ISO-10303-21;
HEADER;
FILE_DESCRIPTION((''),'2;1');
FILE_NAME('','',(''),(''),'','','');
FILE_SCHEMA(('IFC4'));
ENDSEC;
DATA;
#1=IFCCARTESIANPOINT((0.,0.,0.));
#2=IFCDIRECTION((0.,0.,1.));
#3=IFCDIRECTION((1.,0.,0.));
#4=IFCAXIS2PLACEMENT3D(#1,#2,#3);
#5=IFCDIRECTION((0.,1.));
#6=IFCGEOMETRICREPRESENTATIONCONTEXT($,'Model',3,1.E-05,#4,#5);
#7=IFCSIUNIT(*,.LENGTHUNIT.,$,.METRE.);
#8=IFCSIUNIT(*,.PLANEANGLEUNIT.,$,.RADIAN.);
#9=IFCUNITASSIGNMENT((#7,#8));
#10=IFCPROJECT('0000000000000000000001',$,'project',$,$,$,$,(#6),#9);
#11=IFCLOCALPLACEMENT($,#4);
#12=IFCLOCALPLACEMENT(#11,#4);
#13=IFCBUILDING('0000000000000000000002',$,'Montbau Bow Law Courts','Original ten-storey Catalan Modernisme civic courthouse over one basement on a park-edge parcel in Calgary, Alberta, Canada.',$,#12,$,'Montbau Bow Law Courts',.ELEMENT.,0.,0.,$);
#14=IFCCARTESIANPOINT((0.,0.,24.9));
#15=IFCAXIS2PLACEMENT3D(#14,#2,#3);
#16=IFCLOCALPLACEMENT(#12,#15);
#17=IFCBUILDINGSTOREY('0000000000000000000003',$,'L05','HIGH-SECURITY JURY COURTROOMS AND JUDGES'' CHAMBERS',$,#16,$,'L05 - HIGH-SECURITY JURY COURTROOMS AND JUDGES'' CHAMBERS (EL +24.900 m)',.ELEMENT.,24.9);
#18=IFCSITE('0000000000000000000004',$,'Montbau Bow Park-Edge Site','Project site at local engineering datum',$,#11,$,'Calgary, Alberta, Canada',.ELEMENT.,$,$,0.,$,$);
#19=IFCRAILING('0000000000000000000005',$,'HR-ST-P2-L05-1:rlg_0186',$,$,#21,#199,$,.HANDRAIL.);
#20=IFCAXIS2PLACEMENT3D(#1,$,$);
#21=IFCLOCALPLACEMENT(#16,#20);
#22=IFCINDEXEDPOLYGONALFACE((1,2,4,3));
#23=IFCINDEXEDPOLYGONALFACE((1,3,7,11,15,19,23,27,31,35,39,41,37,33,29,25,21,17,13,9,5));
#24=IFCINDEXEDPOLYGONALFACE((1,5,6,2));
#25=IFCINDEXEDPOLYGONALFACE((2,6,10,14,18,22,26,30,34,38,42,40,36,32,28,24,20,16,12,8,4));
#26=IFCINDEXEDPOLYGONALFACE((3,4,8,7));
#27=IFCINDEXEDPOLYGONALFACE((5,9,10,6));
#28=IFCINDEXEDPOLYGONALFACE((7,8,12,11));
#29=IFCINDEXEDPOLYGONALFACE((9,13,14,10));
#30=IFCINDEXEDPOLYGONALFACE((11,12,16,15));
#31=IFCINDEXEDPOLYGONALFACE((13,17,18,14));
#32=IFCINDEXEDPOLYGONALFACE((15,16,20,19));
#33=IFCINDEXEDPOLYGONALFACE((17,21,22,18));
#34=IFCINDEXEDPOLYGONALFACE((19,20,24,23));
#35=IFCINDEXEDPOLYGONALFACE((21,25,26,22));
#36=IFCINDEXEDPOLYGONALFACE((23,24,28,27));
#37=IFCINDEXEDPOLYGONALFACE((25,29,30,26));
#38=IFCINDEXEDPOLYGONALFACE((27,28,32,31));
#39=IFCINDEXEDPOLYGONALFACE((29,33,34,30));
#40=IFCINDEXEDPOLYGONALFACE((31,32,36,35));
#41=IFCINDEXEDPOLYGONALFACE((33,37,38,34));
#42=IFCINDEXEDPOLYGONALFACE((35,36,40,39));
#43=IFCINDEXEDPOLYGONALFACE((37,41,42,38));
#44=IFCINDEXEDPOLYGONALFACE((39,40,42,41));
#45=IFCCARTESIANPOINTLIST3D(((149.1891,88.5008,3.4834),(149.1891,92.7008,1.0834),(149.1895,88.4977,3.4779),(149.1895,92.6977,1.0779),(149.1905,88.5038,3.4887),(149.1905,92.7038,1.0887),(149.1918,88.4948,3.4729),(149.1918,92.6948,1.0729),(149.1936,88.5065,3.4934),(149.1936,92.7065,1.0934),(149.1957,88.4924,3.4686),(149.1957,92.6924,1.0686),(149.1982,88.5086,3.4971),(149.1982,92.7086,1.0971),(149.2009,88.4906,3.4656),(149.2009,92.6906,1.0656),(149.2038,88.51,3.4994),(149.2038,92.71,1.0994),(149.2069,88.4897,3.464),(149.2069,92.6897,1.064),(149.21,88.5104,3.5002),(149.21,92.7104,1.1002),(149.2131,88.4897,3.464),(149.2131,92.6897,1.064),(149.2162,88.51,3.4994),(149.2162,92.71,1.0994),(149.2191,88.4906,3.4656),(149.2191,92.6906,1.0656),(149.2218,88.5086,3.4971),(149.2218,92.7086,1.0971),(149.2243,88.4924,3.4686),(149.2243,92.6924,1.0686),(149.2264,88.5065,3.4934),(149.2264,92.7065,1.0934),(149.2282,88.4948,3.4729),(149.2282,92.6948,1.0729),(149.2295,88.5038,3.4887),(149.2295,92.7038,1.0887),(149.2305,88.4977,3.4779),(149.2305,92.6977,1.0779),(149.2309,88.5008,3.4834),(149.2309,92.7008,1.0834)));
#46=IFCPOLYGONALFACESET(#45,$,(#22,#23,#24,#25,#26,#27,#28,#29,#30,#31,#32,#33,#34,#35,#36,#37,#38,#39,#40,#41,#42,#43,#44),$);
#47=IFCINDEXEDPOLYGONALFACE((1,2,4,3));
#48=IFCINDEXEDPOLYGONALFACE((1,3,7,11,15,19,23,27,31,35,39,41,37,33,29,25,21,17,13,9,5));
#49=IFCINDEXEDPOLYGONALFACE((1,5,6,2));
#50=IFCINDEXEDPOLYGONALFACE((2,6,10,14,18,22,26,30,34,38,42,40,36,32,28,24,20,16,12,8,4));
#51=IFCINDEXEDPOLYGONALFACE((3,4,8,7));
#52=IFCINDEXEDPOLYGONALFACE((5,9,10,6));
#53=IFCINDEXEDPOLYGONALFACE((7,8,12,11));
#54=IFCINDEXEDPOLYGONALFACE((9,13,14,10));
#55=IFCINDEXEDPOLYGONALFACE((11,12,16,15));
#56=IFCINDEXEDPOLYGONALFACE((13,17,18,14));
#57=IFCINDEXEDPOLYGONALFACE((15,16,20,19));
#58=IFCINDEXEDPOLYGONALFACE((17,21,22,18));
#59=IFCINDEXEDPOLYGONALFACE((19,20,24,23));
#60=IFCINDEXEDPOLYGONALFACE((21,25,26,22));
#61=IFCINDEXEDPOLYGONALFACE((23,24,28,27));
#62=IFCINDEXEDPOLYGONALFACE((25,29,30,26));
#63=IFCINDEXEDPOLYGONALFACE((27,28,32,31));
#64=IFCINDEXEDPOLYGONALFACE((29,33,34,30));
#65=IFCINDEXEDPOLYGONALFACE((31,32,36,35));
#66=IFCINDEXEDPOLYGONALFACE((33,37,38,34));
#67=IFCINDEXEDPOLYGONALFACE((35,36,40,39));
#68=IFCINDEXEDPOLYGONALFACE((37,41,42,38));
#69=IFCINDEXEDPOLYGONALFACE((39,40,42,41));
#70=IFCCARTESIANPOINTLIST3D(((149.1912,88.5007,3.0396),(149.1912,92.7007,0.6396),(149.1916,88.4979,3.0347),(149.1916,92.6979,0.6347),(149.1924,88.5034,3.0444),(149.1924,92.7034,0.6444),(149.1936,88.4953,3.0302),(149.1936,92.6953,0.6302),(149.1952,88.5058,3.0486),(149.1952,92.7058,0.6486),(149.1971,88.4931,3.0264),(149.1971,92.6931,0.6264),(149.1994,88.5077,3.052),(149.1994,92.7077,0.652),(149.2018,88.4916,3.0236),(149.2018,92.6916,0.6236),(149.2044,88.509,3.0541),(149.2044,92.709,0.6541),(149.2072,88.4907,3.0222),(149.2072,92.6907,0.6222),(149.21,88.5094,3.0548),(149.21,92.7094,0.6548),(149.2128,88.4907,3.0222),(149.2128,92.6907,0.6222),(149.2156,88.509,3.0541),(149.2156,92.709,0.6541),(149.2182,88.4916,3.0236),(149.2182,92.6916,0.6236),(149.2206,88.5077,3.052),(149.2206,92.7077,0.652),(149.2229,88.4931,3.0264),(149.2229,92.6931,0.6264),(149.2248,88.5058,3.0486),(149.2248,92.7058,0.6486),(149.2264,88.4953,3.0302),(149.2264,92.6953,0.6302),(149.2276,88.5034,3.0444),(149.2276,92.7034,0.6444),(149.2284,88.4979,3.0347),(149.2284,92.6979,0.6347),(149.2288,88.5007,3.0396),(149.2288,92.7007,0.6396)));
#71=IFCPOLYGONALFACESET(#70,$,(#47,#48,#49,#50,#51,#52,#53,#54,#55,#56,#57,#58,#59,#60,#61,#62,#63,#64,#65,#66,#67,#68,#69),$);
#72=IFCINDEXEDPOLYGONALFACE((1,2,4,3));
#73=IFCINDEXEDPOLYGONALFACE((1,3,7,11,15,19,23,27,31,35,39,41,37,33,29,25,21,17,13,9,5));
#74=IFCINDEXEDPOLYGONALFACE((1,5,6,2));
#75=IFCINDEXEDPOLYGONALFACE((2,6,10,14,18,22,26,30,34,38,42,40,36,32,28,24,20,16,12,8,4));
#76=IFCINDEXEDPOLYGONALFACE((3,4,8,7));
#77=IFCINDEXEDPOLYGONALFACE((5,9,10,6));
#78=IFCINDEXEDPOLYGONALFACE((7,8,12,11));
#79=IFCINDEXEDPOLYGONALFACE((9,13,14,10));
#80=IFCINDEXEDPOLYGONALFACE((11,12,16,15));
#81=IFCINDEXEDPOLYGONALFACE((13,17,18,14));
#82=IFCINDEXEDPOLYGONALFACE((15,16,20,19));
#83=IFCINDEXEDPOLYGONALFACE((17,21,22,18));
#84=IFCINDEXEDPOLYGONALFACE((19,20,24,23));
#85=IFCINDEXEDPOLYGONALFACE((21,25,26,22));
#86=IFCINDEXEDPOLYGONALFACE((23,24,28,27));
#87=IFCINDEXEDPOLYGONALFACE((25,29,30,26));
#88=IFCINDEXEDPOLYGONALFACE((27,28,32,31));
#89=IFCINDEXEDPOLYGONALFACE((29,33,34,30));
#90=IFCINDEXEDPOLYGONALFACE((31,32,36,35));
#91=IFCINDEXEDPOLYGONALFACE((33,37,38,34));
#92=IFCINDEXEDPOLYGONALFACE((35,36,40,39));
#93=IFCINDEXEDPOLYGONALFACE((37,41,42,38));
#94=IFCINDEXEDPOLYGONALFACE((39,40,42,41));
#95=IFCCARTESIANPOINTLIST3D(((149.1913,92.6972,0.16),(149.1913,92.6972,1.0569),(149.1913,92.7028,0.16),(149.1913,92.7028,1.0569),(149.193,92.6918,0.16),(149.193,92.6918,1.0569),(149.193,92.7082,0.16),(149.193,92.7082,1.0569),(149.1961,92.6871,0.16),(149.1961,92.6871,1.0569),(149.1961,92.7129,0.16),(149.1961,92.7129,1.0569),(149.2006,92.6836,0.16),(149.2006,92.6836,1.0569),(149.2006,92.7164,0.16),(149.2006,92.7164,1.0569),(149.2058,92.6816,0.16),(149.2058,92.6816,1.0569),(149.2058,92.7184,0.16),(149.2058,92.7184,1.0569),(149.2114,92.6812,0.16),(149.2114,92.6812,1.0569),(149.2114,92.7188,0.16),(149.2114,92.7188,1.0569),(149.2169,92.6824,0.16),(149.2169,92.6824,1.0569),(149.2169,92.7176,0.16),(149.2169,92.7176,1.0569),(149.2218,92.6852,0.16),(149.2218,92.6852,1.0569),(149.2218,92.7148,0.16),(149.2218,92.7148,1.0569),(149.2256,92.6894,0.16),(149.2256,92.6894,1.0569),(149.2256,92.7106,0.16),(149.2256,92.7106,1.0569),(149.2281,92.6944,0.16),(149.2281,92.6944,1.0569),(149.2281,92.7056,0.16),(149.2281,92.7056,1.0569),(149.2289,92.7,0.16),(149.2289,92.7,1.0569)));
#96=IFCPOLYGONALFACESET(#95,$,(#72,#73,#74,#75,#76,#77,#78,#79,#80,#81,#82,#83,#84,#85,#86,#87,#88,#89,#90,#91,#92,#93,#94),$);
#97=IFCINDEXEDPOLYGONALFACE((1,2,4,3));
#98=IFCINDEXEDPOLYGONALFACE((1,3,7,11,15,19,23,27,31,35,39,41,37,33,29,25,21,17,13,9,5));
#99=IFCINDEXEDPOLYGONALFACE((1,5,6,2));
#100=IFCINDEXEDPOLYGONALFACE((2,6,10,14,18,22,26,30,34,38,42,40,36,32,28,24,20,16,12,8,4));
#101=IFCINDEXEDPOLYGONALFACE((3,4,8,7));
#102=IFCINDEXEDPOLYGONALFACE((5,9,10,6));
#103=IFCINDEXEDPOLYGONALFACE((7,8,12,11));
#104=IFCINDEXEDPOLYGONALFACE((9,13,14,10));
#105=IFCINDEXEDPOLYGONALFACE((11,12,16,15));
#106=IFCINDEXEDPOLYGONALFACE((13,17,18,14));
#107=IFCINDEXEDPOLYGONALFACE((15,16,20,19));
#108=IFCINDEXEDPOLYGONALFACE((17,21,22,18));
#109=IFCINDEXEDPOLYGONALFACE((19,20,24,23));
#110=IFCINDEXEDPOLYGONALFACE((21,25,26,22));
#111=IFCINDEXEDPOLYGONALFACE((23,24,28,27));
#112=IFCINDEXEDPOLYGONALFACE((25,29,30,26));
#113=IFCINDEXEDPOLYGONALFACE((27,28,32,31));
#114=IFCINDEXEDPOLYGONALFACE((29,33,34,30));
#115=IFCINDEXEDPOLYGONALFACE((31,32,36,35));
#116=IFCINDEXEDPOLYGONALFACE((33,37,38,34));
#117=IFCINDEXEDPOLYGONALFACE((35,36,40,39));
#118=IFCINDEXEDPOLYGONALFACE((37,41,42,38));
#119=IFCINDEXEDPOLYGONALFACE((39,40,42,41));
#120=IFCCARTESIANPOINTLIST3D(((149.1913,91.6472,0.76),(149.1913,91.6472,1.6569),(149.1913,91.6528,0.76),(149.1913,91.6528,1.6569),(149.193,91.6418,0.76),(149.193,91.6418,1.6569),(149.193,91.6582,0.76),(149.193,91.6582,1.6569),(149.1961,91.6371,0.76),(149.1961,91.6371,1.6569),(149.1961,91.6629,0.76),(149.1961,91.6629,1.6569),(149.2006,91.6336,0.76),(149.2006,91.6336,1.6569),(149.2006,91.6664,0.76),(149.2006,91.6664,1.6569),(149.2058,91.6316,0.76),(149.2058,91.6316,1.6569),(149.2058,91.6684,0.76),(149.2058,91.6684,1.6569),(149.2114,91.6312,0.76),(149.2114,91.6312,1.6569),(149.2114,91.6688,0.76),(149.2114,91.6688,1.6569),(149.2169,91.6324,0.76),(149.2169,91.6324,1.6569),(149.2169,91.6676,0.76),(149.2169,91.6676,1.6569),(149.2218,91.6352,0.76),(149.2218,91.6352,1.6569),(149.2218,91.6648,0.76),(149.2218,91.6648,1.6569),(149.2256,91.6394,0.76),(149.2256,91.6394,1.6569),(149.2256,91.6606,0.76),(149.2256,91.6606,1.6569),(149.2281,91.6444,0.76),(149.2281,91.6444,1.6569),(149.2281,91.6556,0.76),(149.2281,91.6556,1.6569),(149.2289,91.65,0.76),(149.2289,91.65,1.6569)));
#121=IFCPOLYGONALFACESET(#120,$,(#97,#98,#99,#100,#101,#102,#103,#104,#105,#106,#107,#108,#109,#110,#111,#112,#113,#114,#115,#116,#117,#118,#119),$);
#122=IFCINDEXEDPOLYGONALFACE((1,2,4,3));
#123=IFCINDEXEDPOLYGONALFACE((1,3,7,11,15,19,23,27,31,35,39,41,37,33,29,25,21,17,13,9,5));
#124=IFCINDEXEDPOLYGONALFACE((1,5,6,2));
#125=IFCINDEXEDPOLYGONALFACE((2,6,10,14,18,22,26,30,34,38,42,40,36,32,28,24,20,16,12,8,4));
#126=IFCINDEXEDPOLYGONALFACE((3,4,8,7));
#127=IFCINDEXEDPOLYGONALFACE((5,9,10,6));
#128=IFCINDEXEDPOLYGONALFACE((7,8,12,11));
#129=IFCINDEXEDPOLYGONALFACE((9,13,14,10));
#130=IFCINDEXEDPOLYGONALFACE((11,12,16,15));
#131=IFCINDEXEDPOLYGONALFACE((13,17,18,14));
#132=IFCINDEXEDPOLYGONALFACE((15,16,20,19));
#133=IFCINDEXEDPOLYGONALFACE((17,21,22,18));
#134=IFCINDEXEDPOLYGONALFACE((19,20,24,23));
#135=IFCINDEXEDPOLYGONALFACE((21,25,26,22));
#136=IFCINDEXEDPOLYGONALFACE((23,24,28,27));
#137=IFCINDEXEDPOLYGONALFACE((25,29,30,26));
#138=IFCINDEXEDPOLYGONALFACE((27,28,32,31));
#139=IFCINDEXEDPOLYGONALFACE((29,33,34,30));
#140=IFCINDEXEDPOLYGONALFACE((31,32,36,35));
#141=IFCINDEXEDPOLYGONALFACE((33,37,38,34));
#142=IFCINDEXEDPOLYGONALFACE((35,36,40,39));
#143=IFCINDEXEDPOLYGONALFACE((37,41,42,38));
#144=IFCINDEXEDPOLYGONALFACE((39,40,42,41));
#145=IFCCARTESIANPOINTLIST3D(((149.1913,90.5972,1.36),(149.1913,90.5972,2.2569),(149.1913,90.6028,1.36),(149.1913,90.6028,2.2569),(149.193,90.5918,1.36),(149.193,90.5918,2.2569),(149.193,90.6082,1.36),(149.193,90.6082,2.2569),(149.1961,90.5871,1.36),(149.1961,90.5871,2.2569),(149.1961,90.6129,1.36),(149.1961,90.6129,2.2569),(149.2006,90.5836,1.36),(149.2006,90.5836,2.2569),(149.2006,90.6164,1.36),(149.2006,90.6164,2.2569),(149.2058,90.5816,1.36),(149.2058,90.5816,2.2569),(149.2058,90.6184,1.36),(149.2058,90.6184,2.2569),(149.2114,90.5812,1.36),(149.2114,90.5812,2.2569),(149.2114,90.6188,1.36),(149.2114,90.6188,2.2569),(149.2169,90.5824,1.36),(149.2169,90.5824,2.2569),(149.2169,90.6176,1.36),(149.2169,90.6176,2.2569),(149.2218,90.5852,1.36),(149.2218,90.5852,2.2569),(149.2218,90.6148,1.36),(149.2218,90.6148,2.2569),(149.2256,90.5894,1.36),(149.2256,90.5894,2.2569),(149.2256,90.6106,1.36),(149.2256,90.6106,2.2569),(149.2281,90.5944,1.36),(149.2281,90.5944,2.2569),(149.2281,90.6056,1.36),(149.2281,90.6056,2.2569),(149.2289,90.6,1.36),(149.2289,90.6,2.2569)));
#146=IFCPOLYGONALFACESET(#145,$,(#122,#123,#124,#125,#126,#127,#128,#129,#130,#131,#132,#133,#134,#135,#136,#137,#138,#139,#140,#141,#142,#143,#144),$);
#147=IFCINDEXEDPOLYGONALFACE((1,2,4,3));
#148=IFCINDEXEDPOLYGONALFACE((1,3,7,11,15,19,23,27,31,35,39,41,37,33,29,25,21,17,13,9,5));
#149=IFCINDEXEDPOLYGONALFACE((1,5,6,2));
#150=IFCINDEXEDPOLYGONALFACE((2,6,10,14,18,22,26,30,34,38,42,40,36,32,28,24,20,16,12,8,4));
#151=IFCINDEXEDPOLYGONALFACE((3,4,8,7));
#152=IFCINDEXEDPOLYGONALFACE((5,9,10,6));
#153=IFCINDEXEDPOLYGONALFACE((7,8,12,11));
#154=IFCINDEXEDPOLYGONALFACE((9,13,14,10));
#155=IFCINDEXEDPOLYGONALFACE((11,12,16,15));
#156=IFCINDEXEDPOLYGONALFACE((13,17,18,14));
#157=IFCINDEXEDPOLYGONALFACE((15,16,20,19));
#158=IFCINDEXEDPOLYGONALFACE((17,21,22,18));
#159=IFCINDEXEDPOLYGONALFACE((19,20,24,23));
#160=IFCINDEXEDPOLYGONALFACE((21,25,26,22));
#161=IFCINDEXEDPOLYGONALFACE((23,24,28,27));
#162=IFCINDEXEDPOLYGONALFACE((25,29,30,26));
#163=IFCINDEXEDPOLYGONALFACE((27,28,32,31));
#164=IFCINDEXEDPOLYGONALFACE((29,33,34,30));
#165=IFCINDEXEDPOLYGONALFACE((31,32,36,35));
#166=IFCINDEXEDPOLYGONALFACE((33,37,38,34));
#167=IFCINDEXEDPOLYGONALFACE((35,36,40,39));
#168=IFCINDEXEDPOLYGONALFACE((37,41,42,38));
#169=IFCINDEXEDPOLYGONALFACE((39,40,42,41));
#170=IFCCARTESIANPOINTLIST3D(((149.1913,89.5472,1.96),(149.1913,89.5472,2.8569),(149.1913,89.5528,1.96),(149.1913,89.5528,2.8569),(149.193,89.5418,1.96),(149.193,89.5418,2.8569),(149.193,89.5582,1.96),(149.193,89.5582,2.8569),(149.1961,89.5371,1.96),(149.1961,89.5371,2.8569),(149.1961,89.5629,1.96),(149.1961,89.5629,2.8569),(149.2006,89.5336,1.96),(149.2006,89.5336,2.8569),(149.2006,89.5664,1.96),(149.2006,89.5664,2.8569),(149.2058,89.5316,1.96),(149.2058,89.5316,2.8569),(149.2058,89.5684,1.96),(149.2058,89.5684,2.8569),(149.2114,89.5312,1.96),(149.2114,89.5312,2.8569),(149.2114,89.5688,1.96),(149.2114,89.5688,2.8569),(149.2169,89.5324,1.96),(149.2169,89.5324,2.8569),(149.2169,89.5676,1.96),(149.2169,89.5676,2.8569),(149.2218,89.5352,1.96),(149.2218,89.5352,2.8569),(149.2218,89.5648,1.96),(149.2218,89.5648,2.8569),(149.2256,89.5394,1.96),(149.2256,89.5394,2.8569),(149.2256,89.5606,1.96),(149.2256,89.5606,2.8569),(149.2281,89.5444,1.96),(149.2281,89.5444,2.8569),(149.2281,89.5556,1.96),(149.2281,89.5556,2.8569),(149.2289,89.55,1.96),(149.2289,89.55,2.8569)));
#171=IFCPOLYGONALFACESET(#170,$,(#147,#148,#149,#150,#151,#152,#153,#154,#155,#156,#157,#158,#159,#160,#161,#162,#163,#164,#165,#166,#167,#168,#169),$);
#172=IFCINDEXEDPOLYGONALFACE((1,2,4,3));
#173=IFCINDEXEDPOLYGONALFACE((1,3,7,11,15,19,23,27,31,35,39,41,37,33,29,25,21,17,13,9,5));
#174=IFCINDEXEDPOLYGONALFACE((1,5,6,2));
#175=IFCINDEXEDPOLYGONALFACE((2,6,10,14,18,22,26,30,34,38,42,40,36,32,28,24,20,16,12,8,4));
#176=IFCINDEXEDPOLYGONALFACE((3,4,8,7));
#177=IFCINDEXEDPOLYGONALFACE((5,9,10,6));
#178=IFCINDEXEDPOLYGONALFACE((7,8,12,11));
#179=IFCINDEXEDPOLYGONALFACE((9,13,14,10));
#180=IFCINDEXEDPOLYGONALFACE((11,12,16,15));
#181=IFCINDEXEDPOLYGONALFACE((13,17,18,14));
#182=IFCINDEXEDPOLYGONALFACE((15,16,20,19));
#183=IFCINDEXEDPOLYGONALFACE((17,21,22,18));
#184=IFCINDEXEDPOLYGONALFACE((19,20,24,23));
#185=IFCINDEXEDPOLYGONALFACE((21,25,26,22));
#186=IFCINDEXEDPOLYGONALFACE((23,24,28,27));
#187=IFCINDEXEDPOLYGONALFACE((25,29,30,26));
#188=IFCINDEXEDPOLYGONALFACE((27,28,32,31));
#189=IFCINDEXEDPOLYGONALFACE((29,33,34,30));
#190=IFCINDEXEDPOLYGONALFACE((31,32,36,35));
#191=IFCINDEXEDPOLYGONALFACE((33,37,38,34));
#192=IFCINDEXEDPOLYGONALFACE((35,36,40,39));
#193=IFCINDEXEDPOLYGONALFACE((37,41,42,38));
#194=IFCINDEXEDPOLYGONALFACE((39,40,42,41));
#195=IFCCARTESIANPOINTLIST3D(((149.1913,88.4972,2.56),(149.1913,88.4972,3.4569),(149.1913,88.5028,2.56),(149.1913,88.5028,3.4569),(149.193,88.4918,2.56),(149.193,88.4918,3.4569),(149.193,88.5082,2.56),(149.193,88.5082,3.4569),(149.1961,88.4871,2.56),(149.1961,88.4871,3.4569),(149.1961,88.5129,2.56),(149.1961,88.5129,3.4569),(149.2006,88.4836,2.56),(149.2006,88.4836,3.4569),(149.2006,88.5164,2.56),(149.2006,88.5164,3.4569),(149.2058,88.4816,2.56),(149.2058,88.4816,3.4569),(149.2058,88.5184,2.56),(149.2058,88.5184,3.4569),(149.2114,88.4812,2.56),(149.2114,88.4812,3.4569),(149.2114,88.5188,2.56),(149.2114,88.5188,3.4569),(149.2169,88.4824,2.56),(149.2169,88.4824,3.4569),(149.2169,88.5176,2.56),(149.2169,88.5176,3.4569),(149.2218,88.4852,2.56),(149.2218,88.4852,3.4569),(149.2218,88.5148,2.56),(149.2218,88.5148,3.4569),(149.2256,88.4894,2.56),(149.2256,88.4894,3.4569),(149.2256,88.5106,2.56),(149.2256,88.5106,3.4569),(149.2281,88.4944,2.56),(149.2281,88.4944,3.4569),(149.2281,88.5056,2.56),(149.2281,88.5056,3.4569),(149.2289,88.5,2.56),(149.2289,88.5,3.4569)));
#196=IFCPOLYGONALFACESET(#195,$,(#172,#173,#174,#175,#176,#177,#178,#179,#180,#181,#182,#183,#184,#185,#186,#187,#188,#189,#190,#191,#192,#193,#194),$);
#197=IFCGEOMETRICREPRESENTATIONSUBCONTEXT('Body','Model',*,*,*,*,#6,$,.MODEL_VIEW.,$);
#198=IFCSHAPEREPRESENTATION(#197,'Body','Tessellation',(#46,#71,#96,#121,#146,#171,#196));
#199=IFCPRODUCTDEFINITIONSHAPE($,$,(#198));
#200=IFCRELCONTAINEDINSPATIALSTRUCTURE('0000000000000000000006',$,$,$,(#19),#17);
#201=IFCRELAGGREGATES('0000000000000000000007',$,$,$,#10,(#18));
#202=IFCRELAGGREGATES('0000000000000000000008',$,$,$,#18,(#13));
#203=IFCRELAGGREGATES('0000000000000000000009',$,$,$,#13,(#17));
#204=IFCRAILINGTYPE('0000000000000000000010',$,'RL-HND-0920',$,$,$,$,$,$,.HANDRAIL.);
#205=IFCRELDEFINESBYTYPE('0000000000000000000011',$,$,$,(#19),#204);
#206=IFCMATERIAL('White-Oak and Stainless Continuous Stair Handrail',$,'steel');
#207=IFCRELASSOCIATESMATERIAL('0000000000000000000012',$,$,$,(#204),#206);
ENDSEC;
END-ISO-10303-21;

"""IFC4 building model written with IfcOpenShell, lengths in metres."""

from ifc_helpers import new_model, si_unit, direction, frame, origin_with_axes, origin_2d_with_axis, place, context, subcontext, project, spatial, circle, extrude, material, type_object, element, save


model = new_model("IFC4")

# Units and contexts
model_context = context("Model", 3, precision=1e-05, world=origin_with_axes(), true_north=direction((0.0, 1.0)))
body_context = subcontext(model_context, "Body", "Model", "MODEL_VIEW")
ifc_project = project(units=[si_unit("LENGTHUNIT", "METRE"), si_unit("PLANEANGLEUNIT", "RADIAN")], contexts=[model_context])

# Site, building, storey
site_placement = place(None, origin_with_axes())
site = spatial("IfcSite", under=ifc_project, at=site_placement, Name="Montbau Bow Park-Edge Site", Description="Project site at local engineering datum", LongName="Calgary, Alberta, Canada", CompositionType="ELEMENT", RefElevation=0.0)
building_placement = place(site_placement, origin_with_axes())
building = spatial("IfcBuilding", under=site, at=building_placement, Name="Montbau Bow Law Courts", Description="Original ten-storey Catalan Modernisme civic courthouse over one basement on a park-edge parcel in Calgary, Alberta, Canada.", LongName="Montbau Bow Law Courts", CompositionType="ELEMENT", ElevationOfRefHeight=0.0, ElevationOfTerrain=0.0)
storey_placement = place(building_placement, frame((0.0, 0.0, 24.9), z_axis=(0.0, 0.0, 1.0), x_axis=(1.0, 0.0, 0.0)))
storey = spatial("IfcBuildingStorey", under=building, at=storey_placement, Name="L05", Description="HIGH-SECURITY JURY COURTROOMS AND JUDGES' CHAMBERS", LongName="L05 - HIGH-SECURITY JURY COURTROOMS AND JUDGES' CHAMBERS (EL +24.900 m)", CompositionType="ELEMENT", Elevation=24.9)

# Railing
ifc_material_1 = material(Name="White-Oak and Stainless Continuous Stair Handrail", Category="steel")
railing_type_1 = type_object("IfcRailingType", Name="RL-HND-0920", PredefinedType="HANDRAIL", material=ifc_material_1)
railing_1_placement = place(None, origin_with_axes())
element("IfcRailing", 1, at=railing_1_placement, inside=storey, type_object=railing_type_1, Name="HR-ST-P2-L05-1:rlg_0186", PredefinedType="HANDRAIL", context=body_context, shape_type="SweptSolid", body=[
    extrude(circle(Radius=0.021, at=origin_2d_with_axis()), frame((149.21, 92.7, 25.982), z_axis=(0.0, -0.868243, 0.496139), x_axis=(0.0, 0.496139, 0.868243)), (0.0, 0.0, 1.0), 4.8374),
    extrude(circle(Radius=0.0189, at=origin_2d_with_axis()), frame((149.21, 92.7, 25.5384), z_axis=(0.0, -0.868243, 0.496139), x_axis=(0.0, 0.496139, 0.868243)), (0.0, 0.0, 1.0), 4.8374),
    extrude(circle(Radius=0.0189, at=origin_2d_with_axis()), frame((149.21, 92.7, 25.06), z_axis=(0.0, 0.0, 1.0), x_axis=(1.0, 0.0, 0.0)), (0.0, 0.0, 1.0), 0.8969),
    extrude(circle(Radius=0.0189, at=origin_2d_with_axis()), frame((149.21, 91.65, 25.66), z_axis=(0.0, 0.0, 1.0), x_axis=(1.0, 0.0, 0.0)), (0.0, 0.0, 1.0), 0.8969),
    extrude(circle(Radius=0.0189, at=origin_2d_with_axis()), frame((149.21, 90.6, 26.26), z_axis=(0.0, 0.0, 1.0), x_axis=(1.0, 0.0, 0.0)), (0.0, 0.0, 1.0), 0.8969),
    extrude(circle(Radius=0.0189, at=origin_2d_with_axis()), frame((149.21, 89.55, 26.86), z_axis=(0.0, 0.0, 1.0), x_axis=(1.0, 0.0, 0.0)), (0.0, 0.0, 1.0), 0.8969),
    extrude(circle(Radius=0.0189, at=origin_2d_with_axis()), frame((149.21, 88.5, 27.46), z_axis=(0.0, 0.0, 1.0), x_axis=(1.0, 0.0, 0.0)), (0.0, 0.0, 1.0), 0.8969),
])

save(model, "model.ifc")
